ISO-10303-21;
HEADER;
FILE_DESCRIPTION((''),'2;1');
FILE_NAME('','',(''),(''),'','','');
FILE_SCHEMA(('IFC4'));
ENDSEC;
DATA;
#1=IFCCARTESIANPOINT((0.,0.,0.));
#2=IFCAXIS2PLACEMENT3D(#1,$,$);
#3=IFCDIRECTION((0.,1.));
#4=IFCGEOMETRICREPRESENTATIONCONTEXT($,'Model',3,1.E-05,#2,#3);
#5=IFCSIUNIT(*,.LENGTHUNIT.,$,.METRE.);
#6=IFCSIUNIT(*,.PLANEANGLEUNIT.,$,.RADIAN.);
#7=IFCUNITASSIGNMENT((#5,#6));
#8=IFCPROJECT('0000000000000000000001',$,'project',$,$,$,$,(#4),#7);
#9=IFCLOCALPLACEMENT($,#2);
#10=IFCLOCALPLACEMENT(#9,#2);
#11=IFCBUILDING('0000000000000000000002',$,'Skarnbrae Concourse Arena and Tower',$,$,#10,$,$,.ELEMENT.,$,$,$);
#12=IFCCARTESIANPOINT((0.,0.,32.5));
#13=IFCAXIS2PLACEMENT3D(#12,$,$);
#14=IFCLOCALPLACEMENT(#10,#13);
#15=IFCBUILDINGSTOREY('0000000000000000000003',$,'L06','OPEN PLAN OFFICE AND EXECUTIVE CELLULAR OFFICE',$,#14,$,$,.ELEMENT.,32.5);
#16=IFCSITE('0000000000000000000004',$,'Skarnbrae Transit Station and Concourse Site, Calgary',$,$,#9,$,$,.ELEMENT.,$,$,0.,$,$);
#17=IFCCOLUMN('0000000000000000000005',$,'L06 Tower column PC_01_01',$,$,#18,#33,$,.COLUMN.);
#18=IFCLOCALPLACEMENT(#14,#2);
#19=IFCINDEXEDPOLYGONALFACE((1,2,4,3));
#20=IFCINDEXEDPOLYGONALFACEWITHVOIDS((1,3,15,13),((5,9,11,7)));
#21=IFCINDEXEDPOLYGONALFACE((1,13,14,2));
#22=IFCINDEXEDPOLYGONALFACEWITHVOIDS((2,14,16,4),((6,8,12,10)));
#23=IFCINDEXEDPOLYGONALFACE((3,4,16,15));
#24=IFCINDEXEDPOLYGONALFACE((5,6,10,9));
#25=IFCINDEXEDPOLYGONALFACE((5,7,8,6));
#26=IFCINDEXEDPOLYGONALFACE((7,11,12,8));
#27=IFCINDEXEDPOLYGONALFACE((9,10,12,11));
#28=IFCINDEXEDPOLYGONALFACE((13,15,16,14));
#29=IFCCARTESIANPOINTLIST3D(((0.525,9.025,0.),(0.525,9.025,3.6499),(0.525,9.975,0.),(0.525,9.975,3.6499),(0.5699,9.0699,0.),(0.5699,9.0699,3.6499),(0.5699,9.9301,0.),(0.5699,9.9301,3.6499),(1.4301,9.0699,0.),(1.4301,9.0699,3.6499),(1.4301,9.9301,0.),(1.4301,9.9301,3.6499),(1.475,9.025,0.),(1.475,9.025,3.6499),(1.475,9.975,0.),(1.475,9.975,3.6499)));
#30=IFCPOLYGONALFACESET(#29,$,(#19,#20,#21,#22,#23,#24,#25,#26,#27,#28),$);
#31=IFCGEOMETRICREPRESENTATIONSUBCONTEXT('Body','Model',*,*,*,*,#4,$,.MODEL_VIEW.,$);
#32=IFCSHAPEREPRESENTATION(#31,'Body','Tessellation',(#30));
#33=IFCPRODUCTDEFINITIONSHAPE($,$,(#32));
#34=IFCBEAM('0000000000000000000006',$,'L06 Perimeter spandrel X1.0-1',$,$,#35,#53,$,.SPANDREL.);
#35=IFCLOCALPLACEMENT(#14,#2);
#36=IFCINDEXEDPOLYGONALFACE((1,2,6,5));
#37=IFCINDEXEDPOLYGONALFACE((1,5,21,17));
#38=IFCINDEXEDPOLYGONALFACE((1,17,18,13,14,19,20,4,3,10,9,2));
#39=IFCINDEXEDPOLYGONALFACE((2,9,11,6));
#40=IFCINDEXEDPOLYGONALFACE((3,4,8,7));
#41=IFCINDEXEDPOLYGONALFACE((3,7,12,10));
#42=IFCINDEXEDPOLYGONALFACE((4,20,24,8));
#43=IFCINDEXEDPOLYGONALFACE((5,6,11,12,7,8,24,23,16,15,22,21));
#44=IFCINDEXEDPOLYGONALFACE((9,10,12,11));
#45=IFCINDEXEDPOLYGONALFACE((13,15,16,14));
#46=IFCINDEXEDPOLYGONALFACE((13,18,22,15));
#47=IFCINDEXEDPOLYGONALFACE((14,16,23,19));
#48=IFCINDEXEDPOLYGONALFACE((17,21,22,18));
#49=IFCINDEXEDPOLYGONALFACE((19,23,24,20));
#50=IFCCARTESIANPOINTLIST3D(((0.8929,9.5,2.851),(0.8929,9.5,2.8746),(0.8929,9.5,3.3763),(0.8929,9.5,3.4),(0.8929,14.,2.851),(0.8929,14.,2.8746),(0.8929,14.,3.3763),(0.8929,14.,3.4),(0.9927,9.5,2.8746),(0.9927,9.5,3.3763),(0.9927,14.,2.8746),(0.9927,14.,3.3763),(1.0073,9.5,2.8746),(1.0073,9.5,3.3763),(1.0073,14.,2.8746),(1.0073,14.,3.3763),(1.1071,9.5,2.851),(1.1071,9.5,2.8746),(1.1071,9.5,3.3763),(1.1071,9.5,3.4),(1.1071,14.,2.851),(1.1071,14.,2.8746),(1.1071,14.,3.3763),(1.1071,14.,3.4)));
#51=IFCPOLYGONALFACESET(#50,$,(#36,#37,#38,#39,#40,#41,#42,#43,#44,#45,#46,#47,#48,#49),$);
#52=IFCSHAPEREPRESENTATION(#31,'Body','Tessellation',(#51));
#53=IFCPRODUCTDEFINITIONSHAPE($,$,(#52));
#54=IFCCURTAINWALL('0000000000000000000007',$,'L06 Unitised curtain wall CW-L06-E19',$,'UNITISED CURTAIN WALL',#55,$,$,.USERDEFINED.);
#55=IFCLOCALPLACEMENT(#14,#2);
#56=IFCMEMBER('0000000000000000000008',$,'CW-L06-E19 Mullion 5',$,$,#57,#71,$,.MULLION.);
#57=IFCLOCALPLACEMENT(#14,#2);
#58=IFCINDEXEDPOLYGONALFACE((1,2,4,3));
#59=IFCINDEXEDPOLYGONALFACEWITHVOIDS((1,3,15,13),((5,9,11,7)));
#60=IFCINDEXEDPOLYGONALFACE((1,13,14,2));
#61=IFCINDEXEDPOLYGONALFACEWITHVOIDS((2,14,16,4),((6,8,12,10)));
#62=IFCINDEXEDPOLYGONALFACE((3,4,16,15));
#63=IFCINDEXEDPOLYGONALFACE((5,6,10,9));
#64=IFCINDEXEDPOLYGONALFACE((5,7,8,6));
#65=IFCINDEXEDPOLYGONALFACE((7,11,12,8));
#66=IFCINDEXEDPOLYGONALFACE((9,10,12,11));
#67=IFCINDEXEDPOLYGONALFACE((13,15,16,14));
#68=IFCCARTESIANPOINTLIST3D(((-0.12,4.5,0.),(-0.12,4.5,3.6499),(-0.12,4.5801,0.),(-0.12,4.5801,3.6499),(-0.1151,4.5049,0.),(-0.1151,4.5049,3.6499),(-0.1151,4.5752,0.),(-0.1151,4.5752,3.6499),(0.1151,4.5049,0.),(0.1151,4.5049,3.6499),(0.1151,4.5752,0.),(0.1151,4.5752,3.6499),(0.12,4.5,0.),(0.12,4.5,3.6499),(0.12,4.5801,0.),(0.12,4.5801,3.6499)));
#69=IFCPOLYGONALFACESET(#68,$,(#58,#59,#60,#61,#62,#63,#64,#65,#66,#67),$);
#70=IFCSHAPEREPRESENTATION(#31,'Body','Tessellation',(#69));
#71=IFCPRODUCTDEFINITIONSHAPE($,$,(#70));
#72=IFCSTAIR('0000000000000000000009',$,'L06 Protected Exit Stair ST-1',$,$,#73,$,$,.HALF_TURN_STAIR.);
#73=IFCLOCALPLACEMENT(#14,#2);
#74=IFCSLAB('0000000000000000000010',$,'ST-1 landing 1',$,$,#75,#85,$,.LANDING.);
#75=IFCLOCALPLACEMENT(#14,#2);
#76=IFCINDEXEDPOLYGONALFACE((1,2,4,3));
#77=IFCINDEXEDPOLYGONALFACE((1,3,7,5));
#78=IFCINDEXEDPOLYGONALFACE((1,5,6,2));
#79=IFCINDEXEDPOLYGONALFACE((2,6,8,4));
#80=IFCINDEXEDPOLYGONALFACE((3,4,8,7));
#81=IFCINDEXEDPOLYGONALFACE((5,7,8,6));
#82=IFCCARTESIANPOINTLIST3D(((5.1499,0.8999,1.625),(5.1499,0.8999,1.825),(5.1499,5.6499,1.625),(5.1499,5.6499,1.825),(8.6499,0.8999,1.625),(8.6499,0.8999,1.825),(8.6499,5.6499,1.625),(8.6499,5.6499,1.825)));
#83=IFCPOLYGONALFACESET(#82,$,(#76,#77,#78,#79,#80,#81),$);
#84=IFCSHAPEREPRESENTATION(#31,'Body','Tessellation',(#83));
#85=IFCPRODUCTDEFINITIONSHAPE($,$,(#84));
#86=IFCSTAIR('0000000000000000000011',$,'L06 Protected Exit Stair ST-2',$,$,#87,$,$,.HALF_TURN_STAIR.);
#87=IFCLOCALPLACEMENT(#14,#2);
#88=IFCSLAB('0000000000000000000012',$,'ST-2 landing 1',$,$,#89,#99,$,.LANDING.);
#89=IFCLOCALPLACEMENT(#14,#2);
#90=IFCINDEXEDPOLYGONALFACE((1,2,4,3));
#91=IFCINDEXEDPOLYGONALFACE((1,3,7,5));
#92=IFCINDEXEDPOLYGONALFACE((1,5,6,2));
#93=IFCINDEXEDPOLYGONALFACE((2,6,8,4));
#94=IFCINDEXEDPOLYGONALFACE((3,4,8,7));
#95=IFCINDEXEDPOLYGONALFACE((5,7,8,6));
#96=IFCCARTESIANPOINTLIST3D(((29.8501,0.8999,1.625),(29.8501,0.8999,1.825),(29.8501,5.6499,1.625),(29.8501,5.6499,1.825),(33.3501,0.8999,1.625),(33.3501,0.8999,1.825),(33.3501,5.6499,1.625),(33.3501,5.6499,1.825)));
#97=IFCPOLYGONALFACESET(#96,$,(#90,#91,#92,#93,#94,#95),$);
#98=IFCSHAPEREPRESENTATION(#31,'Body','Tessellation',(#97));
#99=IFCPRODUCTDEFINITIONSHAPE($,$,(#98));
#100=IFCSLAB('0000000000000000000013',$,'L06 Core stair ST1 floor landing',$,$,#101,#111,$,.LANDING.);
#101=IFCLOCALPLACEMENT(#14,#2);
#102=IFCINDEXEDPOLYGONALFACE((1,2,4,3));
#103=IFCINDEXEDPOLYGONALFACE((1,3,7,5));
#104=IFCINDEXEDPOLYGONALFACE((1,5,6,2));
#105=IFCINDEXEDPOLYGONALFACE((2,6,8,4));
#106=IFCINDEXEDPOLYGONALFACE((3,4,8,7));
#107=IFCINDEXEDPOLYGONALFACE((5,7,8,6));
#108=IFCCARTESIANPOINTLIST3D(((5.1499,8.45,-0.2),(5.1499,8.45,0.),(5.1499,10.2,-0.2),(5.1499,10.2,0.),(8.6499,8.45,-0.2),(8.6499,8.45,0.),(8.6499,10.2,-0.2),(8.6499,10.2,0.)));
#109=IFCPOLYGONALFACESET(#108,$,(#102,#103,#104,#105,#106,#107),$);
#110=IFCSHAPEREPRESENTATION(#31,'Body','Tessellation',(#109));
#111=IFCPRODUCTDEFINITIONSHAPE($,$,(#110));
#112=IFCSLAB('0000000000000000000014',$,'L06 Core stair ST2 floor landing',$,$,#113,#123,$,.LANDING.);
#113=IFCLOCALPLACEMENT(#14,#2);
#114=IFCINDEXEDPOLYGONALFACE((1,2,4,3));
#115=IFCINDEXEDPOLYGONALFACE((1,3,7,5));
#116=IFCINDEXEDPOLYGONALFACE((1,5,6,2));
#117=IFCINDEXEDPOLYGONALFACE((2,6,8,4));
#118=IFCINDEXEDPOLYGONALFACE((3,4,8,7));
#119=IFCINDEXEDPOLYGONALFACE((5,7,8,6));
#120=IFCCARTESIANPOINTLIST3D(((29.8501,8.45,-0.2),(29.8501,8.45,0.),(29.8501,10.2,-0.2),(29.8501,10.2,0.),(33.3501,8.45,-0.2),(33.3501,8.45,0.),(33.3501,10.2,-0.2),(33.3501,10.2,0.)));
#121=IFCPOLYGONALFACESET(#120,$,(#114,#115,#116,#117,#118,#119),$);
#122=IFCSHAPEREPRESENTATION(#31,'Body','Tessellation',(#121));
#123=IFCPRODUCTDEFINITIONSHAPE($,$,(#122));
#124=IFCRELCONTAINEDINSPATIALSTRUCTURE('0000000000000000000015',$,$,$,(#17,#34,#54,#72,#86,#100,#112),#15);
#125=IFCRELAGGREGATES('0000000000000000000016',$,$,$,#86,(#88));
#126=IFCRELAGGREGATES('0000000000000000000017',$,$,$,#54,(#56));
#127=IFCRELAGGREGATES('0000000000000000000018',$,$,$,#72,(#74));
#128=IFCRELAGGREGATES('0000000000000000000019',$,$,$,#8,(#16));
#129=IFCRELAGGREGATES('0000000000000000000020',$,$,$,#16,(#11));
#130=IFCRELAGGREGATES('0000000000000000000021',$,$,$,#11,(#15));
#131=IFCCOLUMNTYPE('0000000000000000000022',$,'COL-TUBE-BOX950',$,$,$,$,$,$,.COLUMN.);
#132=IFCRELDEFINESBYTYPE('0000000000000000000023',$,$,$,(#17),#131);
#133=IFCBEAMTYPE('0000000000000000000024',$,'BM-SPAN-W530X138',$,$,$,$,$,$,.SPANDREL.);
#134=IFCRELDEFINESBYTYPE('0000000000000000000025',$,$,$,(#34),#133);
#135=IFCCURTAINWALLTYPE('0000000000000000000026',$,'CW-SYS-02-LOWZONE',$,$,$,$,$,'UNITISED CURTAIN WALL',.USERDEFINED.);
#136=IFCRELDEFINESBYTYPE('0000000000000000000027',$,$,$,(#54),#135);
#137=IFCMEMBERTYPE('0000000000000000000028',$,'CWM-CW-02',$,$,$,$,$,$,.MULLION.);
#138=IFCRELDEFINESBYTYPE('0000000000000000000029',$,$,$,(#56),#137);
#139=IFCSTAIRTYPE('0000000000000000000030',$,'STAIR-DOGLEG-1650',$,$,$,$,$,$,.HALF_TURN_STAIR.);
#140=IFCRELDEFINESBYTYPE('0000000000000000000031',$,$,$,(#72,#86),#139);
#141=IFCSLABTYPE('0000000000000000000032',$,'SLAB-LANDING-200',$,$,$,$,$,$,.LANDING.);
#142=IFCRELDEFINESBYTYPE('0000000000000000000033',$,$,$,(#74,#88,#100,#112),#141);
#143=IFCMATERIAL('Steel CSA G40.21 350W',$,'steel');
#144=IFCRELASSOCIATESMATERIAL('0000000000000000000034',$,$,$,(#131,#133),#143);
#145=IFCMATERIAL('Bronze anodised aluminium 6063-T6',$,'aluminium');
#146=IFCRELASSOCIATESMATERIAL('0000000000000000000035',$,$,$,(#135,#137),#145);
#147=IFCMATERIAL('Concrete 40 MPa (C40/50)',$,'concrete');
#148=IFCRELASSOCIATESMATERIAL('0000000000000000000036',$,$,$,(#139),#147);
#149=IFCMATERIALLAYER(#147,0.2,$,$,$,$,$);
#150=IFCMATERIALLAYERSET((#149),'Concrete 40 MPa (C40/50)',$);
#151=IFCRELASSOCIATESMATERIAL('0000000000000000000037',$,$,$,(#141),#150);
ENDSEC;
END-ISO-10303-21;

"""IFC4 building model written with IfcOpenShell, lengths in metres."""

from ifc_helpers import new_model, si_unit, direction, frame, origin, origin_2d, place, context, subcontext, project, spatial, polyline, hollow_rectangle, i_section, outline, extrude, source, transform, mapped, material, layer, layer_set, material_profile, profile_set, type_object, element, aggregate, save


model = new_model("IFC4")

# Units and contexts
model_context = context("Model", 3, precision=1e-05, world=origin(), true_north=direction((0.0, 1.0)))
body_context = subcontext(model_context, "Body", "Model", "MODEL_VIEW")
ifc_project = project(units=[si_unit("LENGTHUNIT", "METRE"), si_unit("PLANEANGLEUNIT", "RADIAN")], contexts=[model_context])

# Site, building, storey
site_placement = place(None, origin())
site = spatial("IfcSite", under=ifc_project, at=site_placement, Name="Skarnbrae Transit Station and Concourse Site, Calgary", CompositionType="ELEMENT", RefElevation=0.0)
building_placement = place(site_placement, origin())
building = spatial("IfcBuilding", under=site, at=building_placement, Name="Skarnbrae Concourse Arena and Tower", CompositionType="ELEMENT")
storey_placement = place(building_placement, frame((0.0, 0.0, 32.5)))
storey = spatial("IfcBuildingStorey", under=building, at=storey_placement, Name="L06", Description="OPEN PLAN OFFICE AND EXECUTIVE CELLULAR OFFICE", CompositionType="ELEMENT", Elevation=32.5)

# Column
ifc_material_1 = material(Name="Steel CSA G40.21 350W", Category="steel")
ifc_material_profile_1 = material_profile(ifc_material_1, hollow_rectangle(XDim=0.95, YDim=0.95, WallThickness=0.0449, at=origin_2d()), Name="BOX950X950X45")
ifc_profile_set_1 = profile_set([ifc_material_profile_1], Name="Steel CSA G40.21 350W")
column_type = type_object("IfcColumnType", Name="COL-TUBE-BOX950", PredefinedType="COLUMN", material=ifc_profile_set_1)
shared_shape_1 = source(origin(), body_context, "Body", "SweptSolid", [
    extrude(hollow_rectangle(XDim=0.95, YDim=0.95, WallThickness=0.0449, at=origin_2d()), origin(), (0.0, 0.0, 1.0), 3.6499),
])
column_placement = place(storey_placement, frame((1.0, 9.5, 0.0), z_axis=(0.0, 0.0, 1.0), x_axis=(1.0, 0.0, 0.0)))
element("IfcColumn", 1, at=column_placement, inside=storey, type_object=column_type, Name="L06 Tower column PC_01_01", PredefinedType="COLUMN", context=body_context, shape_type="MappedRepresentation", body=[
    mapped(shared_shape_1, transform((0.0, 0.0, 0.0))),
])

# Beam
ifc_material_profile_2 = material_profile(ifc_material_1, i_section(OverallWidth=0.2141, OverallDepth=0.5491, WebThickness=0.0146, FlangeThickness=0.0237, at=origin_2d()), Name="W530X138")
ifc_profile_set_2 = profile_set([ifc_material_profile_2], Name="Steel CSA G40.21 350W")
beam_type = type_object("IfcBeamType", Name="BM-SPAN-W530X138", PredefinedType="SPANDREL", material=ifc_profile_set_2)
shared_shape_2 = source(origin(), body_context, "Body", "SweptSolid", [
    extrude(i_section(OverallWidth=0.2141, OverallDepth=0.5491, WebThickness=0.0146, FlangeThickness=0.0237, at=origin_2d()), origin(), (0.0, 0.0, 1.0), 4.5),
])
beam_placement = place(storey_placement, frame((1.0, 9.5, 3.1255), z_axis=(0.0, 1.0, 0.0), x_axis=(-1.0, 0.0, 0.0)))
element("IfcBeam", 2, at=beam_placement, inside=storey, type_object=beam_type, Name="L06 Perimeter spandrel X1.0-1", PredefinedType="SPANDREL", context=body_context, shape_type="MappedRepresentation", body=[
    mapped(shared_shape_2, transform((0.0, 0.0, 0.0))),
])

# Curtain wall, member
ifc_material_2 = material(Name="Bronze anodised aluminium 6063-T6", Category="aluminium")
curtain_wall_type = type_object("IfcCurtainWallType", Name="CW-SYS-02-LOWZONE", ElementType="UNITISED CURTAIN WALL", PredefinedType="USERDEFINED", material=ifc_material_2)
curtain_wall_placement = place(storey_placement, origin())
curtain_wall = element("IfcCurtainWall", 3, at=curtain_wall_placement, inside=storey, type_object=curtain_wall_type, Name="L06 Unitised curtain wall CW-L06-E19", ObjectType="UNITISED CURTAIN WALL", PredefinedType="USERDEFINED")
ifc_material_profile_3 = material_profile(ifc_material_2, hollow_rectangle(XDim=0.0801, YDim=0.24, WallThickness=0.0049, at=origin_2d()), Name="ALU-MULL-80X240")
ifc_profile_set_3 = profile_set([ifc_material_profile_3], Name="Bronze anodised aluminium 6063-T6")
member_type = type_object("IfcMemberType", Name="CWM-CW-02", PredefinedType="MULLION", material=ifc_profile_set_3)
shared_shape_3 = source(origin(), body_context, "Body", "SweptSolid", [
    extrude(hollow_rectangle(XDim=0.0801, YDim=0.24, WallThickness=0.0049, at=origin_2d()), origin(), (0.0, 0.0, 1.0), 3.6499),
])
member_placement = place(storey_placement, frame((0.0, 4.54, 0.0), z_axis=(0.0, 0.0, 1.0), x_axis=(0.0, -1.0, 0.0)))
member = element("IfcMember", 4, at=member_placement, type_object=member_type, Name="CW-L06-E19 Mullion 5", PredefinedType="MULLION", context=body_context, shape_type="MappedRepresentation", body=[
    mapped(shared_shape_3, transform((0.0, 0.0, 0.0))),
])

# Stairs, slabs
ifc_material_3 = material(Name="Concrete 40 MPa (C40/50)", Category="concrete")
stair_type = type_object("IfcStairType", Name="STAIR-DOGLEG-1650", PredefinedType="HALF_TURN_STAIR", material=ifc_material_3)
stair_1_placement = place(storey_placement, origin())
stair_1 = element("IfcStair", 5, at=stair_1_placement, inside=storey, type_object=stair_type, Name="L06 Protected Exit Stair ST-1", PredefinedType="HALF_TURN_STAIR")
ifc_layer_1 = layer(ifc_material_3, 0.2)
ifc_layer_set_1 = layer_set([ifc_layer_1], Name="Concrete 40 MPa (C40/50)")
slab_type_1 = type_object("IfcSlabType", Name="SLAB-LANDING-200", PredefinedType="LANDING", material=ifc_layer_set_1)
slab_1_placement = place(storey_placement, frame((0.0, 0.0, 1.625)))
slab_1 = element("IfcSlab", 6, at=slab_1_placement, type_object=slab_type_1, Name="ST-1 landing 1", PredefinedType="LANDING", context=body_context, shape_type="SweptSolid", body=[
    extrude(outline(polyline([(5.1499, 5.6499), (5.1499, 0.8999), (8.6499, 0.8999), (8.6499, 5.6499), (5.1499, 5.6499)])), origin(), (0.0, 0.0, 1.0), 0.2),
])
stair_2_placement = place(storey_placement, origin())
stair_2 = element("IfcStair", 7, at=stair_2_placement, inside=storey, type_object=stair_type, Name="L06 Protected Exit Stair ST-2", PredefinedType="HALF_TURN_STAIR")
slab_2_placement = place(storey_placement, frame((0.0, 0.0, 1.625)))
slab_2 = element("IfcSlab", 8, at=slab_2_placement, type_object=slab_type_1, Name="ST-2 landing 1", PredefinedType="LANDING", context=body_context, shape_type="SweptSolid", body=[
    extrude(outline(polyline([(29.8501, 5.6499), (29.8501, 0.8999), (33.3501, 0.8999), (33.3501, 5.6499), (29.8501, 5.6499)])), origin(), (0.0, 0.0, 1.0), 0.2),
])
aggregate(stair_2, [slab_2])

# Slabs
slab_3_placement = place(storey_placement, frame((0.0, 0.0, -0.2)))
element("IfcSlab", 9, at=slab_3_placement, inside=storey, type_object=slab_type_1, Name="L06 Core stair ST1 floor landing", PredefinedType="LANDING", context=body_context, shape_type="SweptSolid", body=[
    extrude(outline(polyline([(5.1499, 10.2), (5.1499, 8.45), (8.6499, 8.45), (8.6499, 10.2), (5.1499, 10.2)])), origin(), (0.0, 0.0, 1.0), 0.2),
])
slab_4_placement = place(storey_placement, frame((0.0, 0.0, -0.2)))
element("IfcSlab", 10, at=slab_4_placement, inside=storey, type_object=slab_type_1, Name="L06 Core stair ST2 floor landing", PredefinedType="LANDING", context=body_context, shape_type="SweptSolid", body=[
    extrude(outline(polyline([(29.8501, 10.2), (29.8501, 8.45), (33.3501, 8.45), (33.3501, 10.2), (29.8501, 10.2)])), origin(), (0.0, 0.0, 1.0), 0.2),
])

aggregate(curtain_wall, [member])

aggregate(stair_1, [slab_1])

save(model, "model.ifc")
